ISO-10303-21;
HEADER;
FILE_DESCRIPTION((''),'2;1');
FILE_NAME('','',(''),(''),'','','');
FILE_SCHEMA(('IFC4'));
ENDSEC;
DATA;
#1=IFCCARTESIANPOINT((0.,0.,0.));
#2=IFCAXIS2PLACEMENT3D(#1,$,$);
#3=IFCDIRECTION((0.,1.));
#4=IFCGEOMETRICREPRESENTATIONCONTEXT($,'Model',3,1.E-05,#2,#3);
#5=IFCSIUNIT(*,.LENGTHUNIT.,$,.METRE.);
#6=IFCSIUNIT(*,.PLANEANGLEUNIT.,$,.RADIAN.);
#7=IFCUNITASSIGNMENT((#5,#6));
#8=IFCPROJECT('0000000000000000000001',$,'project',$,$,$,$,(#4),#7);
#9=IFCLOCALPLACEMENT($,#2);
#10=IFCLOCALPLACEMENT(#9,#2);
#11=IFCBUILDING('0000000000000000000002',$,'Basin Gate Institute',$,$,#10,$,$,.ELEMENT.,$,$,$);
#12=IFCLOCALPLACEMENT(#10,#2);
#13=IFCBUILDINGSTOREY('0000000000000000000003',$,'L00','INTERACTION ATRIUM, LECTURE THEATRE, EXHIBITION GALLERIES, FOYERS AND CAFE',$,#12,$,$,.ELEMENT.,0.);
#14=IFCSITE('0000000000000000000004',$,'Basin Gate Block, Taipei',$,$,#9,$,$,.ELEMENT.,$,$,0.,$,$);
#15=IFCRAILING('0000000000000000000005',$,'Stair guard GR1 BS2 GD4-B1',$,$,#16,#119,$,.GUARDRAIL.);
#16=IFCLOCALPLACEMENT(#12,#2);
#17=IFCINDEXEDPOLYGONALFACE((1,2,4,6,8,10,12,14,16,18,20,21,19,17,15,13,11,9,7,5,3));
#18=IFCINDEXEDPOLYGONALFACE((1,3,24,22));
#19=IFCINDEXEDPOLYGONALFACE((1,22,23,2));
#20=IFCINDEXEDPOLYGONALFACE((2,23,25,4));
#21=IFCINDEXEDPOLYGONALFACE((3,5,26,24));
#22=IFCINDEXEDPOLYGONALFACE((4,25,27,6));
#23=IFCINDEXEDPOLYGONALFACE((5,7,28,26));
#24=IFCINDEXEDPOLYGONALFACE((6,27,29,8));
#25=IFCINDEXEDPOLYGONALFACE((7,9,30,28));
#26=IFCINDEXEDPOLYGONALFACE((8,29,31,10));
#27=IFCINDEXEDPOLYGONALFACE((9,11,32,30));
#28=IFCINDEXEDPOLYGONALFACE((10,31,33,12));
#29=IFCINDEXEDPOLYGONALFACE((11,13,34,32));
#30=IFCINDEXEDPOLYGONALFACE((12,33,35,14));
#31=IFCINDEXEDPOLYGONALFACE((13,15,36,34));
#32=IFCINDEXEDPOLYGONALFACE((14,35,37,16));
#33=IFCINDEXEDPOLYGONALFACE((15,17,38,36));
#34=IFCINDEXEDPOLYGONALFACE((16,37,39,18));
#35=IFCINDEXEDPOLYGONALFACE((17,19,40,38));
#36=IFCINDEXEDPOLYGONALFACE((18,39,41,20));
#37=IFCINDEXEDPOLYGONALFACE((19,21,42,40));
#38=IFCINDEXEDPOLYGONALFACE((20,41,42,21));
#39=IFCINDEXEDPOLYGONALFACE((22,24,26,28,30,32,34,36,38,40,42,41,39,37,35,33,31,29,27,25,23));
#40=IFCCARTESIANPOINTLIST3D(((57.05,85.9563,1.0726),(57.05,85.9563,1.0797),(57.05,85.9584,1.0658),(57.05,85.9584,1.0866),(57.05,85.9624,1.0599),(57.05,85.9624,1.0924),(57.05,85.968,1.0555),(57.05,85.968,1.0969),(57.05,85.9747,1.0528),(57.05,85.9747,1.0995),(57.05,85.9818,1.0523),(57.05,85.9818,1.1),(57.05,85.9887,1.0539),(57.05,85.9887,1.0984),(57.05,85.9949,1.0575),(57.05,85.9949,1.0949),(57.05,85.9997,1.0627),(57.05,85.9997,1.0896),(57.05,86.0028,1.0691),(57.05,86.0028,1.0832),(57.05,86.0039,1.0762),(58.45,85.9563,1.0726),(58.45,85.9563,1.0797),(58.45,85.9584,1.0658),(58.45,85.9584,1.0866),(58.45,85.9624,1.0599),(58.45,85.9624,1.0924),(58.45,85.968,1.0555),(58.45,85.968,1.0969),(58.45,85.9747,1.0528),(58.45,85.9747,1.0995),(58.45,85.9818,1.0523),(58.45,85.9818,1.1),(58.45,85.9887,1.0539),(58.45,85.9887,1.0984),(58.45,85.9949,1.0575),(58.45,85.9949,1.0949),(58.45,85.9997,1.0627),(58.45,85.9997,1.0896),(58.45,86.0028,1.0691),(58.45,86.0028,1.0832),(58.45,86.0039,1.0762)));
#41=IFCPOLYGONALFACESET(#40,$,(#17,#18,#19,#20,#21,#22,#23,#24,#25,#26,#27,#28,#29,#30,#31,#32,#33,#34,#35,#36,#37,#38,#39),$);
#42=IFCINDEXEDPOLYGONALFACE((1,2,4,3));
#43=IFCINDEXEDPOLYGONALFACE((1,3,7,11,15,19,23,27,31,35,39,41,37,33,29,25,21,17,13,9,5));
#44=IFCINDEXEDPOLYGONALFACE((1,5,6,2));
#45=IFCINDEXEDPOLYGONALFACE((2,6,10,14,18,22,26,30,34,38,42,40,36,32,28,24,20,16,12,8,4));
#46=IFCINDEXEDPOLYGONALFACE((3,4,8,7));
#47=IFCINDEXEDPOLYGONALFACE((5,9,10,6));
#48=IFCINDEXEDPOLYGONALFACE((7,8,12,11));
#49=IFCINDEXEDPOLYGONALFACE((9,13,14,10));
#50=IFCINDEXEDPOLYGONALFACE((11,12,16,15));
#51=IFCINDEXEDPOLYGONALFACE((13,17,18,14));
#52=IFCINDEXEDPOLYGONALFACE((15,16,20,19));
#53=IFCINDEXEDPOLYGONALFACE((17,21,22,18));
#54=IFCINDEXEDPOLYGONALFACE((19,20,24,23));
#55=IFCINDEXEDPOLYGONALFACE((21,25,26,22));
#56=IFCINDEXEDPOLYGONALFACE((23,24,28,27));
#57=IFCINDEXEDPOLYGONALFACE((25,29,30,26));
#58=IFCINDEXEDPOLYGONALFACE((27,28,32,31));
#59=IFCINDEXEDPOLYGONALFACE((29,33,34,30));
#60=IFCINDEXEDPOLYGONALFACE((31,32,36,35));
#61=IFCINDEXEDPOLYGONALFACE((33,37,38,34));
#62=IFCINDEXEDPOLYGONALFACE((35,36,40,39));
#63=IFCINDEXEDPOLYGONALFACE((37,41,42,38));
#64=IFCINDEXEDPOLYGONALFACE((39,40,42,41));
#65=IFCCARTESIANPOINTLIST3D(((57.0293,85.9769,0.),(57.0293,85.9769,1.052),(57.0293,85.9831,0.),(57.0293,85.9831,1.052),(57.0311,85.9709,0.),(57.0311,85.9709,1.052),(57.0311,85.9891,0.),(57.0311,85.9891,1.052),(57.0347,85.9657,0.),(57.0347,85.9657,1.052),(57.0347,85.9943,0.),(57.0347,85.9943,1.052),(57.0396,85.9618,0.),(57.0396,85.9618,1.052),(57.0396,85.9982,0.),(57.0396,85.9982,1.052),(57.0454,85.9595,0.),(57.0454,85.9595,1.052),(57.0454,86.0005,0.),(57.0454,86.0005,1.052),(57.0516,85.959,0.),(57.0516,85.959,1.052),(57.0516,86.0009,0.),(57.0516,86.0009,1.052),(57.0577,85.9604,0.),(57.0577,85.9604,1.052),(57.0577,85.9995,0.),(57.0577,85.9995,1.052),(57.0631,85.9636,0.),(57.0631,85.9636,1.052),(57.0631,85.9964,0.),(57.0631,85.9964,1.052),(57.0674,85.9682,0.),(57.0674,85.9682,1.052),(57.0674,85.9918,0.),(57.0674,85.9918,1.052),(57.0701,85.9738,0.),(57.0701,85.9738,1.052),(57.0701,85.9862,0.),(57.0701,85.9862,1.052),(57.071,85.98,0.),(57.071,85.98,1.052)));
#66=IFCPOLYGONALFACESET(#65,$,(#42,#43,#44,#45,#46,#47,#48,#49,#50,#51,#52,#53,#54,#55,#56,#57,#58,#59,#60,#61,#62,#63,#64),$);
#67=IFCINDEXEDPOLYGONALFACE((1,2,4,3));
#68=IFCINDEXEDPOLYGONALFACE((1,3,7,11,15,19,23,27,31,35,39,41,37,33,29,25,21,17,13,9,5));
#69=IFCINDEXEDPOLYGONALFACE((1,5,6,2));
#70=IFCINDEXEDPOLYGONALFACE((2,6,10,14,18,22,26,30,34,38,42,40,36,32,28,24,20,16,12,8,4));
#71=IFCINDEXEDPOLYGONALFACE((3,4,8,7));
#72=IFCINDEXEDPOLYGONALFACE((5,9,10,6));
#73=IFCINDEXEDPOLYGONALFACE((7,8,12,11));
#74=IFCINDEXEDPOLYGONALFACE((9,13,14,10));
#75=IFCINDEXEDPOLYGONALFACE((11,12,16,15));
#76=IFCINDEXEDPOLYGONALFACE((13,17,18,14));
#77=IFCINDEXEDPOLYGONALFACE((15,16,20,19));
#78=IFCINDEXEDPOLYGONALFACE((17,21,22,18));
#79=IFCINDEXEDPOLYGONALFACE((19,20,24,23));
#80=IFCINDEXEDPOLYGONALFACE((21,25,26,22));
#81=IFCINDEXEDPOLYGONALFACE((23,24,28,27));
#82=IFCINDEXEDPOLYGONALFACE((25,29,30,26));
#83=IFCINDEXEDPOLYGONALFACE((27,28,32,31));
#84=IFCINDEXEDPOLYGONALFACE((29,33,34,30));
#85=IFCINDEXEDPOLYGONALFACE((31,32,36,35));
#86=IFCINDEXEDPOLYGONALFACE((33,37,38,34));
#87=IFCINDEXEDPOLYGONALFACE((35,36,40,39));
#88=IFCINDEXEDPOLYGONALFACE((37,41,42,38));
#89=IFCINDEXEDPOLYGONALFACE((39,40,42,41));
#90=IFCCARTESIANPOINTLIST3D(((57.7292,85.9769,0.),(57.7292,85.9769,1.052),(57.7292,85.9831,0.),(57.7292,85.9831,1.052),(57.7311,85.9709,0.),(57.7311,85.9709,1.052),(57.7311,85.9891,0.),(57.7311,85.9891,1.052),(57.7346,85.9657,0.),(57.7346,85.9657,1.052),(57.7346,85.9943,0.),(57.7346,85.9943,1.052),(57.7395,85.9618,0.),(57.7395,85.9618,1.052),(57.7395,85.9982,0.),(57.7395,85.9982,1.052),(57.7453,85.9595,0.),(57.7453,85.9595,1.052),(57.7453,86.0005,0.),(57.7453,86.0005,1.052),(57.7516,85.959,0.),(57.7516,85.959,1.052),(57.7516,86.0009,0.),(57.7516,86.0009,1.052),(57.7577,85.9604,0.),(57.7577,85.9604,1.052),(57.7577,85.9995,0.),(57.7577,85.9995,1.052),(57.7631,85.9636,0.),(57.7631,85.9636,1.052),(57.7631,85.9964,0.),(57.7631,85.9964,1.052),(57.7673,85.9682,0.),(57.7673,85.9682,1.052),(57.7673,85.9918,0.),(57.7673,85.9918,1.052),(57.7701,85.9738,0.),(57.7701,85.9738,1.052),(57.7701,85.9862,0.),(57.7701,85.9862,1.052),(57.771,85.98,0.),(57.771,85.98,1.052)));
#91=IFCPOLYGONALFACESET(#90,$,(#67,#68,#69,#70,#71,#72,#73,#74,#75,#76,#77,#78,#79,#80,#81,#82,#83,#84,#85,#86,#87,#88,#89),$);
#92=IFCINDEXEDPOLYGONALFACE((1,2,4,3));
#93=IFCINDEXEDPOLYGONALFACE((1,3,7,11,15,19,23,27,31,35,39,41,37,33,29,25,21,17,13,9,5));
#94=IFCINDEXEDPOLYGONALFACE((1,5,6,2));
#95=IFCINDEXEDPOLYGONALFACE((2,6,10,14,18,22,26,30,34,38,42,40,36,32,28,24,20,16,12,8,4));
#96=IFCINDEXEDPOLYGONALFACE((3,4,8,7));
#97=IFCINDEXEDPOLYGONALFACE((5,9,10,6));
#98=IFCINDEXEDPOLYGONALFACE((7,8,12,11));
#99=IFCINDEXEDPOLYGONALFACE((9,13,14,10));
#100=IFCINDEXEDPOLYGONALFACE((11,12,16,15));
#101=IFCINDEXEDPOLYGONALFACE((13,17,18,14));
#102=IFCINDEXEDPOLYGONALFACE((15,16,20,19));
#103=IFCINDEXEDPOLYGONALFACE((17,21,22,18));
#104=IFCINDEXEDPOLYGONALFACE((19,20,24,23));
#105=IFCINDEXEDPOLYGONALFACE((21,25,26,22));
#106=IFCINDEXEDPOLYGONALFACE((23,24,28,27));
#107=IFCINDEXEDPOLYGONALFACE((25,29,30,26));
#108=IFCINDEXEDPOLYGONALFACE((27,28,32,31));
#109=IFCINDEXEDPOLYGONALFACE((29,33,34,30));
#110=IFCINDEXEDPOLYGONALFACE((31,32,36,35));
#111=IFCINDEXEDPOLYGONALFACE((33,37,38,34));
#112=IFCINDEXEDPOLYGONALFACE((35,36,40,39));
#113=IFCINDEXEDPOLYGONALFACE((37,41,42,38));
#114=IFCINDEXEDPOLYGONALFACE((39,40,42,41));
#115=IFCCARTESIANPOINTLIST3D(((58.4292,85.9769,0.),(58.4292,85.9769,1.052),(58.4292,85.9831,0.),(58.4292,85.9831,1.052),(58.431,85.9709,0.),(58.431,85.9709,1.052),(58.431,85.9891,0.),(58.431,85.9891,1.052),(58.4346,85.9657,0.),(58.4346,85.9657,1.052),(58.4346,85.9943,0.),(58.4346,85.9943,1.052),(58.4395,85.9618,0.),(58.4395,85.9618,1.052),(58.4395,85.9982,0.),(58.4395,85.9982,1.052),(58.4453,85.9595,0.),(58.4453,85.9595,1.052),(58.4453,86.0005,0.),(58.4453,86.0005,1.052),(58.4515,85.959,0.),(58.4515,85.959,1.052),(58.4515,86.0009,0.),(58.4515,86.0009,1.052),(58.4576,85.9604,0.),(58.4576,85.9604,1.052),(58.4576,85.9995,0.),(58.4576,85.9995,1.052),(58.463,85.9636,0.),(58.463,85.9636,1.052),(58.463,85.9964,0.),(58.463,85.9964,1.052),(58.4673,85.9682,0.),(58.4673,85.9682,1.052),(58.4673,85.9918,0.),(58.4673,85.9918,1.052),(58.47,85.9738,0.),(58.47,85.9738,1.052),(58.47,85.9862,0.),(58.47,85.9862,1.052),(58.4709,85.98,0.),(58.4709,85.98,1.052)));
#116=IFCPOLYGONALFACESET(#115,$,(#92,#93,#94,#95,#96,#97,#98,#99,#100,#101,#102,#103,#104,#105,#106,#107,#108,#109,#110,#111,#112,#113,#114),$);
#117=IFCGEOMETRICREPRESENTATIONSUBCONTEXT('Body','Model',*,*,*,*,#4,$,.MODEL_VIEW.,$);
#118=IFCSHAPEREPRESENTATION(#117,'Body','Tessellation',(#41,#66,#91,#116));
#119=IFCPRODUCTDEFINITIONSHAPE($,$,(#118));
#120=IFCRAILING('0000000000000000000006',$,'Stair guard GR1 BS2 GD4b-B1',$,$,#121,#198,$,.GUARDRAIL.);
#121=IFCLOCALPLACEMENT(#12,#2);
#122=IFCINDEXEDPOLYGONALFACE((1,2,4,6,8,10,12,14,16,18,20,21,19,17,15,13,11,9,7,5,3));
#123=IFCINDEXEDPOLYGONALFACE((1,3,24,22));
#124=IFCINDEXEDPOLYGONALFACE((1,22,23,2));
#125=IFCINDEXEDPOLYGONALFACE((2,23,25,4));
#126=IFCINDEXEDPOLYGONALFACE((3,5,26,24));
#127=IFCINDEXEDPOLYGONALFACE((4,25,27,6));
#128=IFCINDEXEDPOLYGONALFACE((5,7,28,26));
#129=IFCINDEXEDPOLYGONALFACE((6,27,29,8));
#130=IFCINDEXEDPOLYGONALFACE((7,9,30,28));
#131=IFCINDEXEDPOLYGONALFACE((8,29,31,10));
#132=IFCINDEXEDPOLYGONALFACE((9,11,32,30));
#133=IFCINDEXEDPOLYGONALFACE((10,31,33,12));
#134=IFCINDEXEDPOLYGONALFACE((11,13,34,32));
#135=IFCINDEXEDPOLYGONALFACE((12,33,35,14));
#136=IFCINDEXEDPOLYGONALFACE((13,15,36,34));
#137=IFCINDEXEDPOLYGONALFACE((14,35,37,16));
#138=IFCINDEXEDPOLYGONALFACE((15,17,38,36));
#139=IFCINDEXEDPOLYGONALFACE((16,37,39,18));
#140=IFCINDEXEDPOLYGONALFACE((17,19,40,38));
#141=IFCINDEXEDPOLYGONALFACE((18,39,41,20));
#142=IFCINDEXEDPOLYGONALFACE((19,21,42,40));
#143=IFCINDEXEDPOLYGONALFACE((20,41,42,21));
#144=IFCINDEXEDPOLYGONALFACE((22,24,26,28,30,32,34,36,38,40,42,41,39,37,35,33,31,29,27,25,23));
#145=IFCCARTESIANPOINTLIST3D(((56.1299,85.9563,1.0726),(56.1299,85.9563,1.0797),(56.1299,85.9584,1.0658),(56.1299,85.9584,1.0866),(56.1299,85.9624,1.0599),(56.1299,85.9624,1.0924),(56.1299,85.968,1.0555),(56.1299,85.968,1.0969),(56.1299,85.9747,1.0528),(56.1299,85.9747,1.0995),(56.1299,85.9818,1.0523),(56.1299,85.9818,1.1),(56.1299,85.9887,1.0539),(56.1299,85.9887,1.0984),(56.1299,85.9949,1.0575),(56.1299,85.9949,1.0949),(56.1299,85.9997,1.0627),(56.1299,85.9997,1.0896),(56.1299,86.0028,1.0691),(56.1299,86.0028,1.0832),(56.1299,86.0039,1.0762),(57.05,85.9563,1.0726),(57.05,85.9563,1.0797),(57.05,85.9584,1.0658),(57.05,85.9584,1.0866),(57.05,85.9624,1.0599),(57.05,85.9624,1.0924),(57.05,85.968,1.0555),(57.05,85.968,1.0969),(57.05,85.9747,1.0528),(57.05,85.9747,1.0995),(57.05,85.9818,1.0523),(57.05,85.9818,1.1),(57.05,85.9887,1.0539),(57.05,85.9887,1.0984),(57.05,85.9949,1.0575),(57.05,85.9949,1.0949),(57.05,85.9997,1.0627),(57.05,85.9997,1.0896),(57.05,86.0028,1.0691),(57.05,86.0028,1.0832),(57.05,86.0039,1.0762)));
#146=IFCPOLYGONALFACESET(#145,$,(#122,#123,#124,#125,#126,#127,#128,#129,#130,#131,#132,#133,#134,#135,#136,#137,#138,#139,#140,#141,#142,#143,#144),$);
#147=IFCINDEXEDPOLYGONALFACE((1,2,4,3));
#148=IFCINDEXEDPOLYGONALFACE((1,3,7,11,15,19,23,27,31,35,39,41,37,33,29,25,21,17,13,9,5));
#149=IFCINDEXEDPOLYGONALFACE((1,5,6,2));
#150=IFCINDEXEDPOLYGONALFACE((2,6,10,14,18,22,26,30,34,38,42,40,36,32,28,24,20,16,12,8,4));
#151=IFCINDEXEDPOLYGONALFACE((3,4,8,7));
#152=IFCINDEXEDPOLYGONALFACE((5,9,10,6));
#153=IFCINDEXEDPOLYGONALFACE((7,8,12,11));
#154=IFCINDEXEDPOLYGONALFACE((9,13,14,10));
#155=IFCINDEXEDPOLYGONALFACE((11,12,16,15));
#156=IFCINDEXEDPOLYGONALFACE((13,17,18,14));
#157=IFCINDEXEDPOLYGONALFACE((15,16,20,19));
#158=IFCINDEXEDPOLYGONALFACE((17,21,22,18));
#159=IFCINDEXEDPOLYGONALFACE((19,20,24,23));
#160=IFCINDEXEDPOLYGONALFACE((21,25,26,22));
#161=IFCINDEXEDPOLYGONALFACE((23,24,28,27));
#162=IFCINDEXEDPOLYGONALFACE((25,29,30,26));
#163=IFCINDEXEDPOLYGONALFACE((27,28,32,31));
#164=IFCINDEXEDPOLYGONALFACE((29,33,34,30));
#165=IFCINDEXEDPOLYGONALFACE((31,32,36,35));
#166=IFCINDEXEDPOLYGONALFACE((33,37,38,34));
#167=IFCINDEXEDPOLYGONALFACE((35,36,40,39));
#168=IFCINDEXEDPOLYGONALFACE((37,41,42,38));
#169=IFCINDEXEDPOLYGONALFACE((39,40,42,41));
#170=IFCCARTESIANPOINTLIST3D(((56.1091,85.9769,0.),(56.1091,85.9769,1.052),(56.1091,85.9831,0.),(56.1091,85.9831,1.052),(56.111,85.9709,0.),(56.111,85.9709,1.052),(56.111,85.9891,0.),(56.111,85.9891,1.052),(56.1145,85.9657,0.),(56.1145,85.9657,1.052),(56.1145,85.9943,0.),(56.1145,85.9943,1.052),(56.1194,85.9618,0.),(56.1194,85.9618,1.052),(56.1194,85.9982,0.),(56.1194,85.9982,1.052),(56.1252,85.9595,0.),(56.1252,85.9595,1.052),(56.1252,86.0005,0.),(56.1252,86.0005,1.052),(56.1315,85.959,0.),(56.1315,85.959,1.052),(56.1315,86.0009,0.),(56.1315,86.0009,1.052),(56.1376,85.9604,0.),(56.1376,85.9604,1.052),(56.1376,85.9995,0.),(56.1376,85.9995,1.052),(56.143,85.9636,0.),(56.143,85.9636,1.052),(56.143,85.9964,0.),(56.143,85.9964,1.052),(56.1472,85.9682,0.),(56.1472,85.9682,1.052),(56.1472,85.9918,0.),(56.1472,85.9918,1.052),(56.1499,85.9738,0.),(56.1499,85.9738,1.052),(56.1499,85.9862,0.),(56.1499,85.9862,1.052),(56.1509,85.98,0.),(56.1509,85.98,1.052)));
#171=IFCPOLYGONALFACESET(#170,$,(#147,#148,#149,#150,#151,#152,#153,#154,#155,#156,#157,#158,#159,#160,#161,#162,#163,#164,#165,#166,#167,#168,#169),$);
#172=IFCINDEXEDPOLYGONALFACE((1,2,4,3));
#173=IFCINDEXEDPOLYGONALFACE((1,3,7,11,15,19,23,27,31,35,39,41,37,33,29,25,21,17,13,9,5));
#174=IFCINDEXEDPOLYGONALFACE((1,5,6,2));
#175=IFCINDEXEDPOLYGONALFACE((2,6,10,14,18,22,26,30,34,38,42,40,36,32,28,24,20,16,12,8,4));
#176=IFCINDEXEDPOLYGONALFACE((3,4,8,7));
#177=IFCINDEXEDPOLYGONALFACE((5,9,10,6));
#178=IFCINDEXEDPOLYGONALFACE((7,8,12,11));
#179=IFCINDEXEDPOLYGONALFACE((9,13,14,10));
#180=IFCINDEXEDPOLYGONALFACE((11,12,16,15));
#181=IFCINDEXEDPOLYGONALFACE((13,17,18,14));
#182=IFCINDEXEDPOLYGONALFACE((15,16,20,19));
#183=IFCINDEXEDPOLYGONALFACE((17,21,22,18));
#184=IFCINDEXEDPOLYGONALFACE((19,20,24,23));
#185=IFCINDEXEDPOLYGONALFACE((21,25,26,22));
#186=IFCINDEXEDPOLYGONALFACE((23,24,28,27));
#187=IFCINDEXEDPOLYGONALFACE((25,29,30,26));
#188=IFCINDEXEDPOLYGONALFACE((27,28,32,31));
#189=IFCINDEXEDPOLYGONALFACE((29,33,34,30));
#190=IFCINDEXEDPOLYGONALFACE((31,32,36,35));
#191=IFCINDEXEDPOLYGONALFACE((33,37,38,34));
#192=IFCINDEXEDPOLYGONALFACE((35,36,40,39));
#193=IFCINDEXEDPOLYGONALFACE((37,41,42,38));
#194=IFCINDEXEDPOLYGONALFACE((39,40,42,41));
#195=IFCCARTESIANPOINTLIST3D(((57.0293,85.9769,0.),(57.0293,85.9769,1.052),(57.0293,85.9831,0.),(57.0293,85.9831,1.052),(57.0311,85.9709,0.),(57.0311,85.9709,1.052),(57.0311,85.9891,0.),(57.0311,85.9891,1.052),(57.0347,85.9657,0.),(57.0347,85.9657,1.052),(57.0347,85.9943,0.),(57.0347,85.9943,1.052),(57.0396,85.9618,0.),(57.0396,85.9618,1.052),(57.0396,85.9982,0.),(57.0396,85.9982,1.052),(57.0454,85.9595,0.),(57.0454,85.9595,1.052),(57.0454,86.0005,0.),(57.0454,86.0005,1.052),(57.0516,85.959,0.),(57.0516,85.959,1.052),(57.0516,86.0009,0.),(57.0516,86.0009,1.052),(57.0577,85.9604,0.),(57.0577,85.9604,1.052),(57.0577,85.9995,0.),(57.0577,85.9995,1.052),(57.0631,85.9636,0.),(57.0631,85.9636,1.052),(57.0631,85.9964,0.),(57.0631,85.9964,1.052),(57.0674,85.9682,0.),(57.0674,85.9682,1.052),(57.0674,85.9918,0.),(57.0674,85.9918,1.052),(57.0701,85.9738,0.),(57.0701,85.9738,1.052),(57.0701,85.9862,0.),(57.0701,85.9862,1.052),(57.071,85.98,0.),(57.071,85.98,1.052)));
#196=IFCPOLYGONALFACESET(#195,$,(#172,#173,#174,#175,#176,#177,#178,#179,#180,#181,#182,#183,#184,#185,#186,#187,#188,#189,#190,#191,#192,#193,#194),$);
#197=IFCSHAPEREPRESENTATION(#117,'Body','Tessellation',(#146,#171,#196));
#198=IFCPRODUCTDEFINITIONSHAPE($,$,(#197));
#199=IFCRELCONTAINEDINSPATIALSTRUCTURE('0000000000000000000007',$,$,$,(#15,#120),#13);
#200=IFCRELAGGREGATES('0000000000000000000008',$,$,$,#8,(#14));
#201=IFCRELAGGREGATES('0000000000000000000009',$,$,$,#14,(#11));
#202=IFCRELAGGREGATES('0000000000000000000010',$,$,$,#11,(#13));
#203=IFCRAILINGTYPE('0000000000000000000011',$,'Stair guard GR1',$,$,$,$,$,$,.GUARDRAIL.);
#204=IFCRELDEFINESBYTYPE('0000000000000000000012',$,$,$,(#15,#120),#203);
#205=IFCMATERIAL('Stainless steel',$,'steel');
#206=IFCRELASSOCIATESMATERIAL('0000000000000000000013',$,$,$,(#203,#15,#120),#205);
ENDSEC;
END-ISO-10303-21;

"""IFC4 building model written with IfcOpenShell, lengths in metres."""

from ifc_helpers import new_model, si_unit, direction, frame, origin, origin_2d, place, context, subcontext, project, spatial, circle, extrude, material, type_object, element, save


model = new_model("IFC4")

# Units and contexts
model_context = context("Model", 3, precision=1e-05, world=origin(), true_north=direction((0.0, 1.0)))
body_context = subcontext(model_context, "Body", "Model", "MODEL_VIEW")
ifc_project = project(units=[si_unit("LENGTHUNIT", "METRE"), si_unit("PLANEANGLEUNIT", "RADIAN")], contexts=[model_context])

# Site, building, storey
site_placement = place(None, origin())
site = spatial("IfcSite", under=ifc_project, at=site_placement, Name="Basin Gate Block, Taipei", CompositionType="ELEMENT", RefElevation=0.0)
building_placement = place(site_placement, origin())
building = spatial("IfcBuilding", under=site, at=building_placement, Name="Basin Gate Institute", CompositionType="ELEMENT")
storey_placement = place(building_placement, origin())
storey = spatial("IfcBuildingStorey", under=building, at=storey_placement, Name="L00", Description="INTERACTION ATRIUM, LECTURE THEATRE, EXHIBITION GALLERIES, FOYERS AND CAFE", CompositionType="ELEMENT", Elevation=0.0)

# Railings
ifc_material_1 = material(Name="Stainless steel", Category="steel")
railing_type = type_object("IfcRailingType", Name="Stair guard GR1", PredefinedType="GUARDRAIL", material=ifc_material_1)
railing_1_placement = place(storey_placement, frame((57.05, 85.98, 0.0)))
element("IfcRailing", 1, at=railing_1_placement, inside=storey, type_object=railing_type, material=ifc_material_1, Name="Stair guard GR1 BS2 GD4-B1", PredefinedType="GUARDRAIL", context=body_context, shape_type="SweptSolid", body=[
    extrude(circle(Radius=0.0239, at=origin_2d()), frame((0.0, 0.0, 1.0762), z_axis=(1.0, 0.0, 0.0), x_axis=(0.0, 1.0, 0.0)), (0.0, 0.0, 1.0), 1.3999),
    extrude(circle(Radius=0.021, at=origin_2d()), origin(), (0.0, 0.0, 1.0), 1.052),
    extrude(circle(Radius=0.021, at=origin_2d()), frame((0.7, 0.0, 0.0)), (0.0, 0.0, 1.0), 1.052),
    extrude(circle(Radius=0.021, at=origin_2d()), frame((1.3999, 0.0, 0.0)), (0.0, 0.0, 1.0), 1.052),
])
railing_2_placement = place(storey_placement, frame((56.1299, 85.98, 0.0)))
element("IfcRailing", 2, at=railing_2_placement, inside=storey, type_object=railing_type, material=ifc_material_1, Name="Stair guard GR1 BS2 GD4b-B1", PredefinedType="GUARDRAIL", context=body_context, shape_type="SweptSolid", body=[
    extrude(circle(Radius=0.0239, at=origin_2d()), frame((0.0, 0.0, 1.0762), z_axis=(1.0, 0.0, 0.0), x_axis=(0.0, 1.0, 0.0)), (0.0, 0.0, 1.0), 0.9202),
    extrude(circle(Radius=0.021, at=origin_2d()), origin(), (0.0, 0.0, 1.0), 1.052),
    extrude(circle(Radius=0.021, at=origin_2d()), frame((0.9202, 0.0, 0.0)), (0.0, 0.0, 1.0), 1.052),
])

save(model, "model.ifc")
